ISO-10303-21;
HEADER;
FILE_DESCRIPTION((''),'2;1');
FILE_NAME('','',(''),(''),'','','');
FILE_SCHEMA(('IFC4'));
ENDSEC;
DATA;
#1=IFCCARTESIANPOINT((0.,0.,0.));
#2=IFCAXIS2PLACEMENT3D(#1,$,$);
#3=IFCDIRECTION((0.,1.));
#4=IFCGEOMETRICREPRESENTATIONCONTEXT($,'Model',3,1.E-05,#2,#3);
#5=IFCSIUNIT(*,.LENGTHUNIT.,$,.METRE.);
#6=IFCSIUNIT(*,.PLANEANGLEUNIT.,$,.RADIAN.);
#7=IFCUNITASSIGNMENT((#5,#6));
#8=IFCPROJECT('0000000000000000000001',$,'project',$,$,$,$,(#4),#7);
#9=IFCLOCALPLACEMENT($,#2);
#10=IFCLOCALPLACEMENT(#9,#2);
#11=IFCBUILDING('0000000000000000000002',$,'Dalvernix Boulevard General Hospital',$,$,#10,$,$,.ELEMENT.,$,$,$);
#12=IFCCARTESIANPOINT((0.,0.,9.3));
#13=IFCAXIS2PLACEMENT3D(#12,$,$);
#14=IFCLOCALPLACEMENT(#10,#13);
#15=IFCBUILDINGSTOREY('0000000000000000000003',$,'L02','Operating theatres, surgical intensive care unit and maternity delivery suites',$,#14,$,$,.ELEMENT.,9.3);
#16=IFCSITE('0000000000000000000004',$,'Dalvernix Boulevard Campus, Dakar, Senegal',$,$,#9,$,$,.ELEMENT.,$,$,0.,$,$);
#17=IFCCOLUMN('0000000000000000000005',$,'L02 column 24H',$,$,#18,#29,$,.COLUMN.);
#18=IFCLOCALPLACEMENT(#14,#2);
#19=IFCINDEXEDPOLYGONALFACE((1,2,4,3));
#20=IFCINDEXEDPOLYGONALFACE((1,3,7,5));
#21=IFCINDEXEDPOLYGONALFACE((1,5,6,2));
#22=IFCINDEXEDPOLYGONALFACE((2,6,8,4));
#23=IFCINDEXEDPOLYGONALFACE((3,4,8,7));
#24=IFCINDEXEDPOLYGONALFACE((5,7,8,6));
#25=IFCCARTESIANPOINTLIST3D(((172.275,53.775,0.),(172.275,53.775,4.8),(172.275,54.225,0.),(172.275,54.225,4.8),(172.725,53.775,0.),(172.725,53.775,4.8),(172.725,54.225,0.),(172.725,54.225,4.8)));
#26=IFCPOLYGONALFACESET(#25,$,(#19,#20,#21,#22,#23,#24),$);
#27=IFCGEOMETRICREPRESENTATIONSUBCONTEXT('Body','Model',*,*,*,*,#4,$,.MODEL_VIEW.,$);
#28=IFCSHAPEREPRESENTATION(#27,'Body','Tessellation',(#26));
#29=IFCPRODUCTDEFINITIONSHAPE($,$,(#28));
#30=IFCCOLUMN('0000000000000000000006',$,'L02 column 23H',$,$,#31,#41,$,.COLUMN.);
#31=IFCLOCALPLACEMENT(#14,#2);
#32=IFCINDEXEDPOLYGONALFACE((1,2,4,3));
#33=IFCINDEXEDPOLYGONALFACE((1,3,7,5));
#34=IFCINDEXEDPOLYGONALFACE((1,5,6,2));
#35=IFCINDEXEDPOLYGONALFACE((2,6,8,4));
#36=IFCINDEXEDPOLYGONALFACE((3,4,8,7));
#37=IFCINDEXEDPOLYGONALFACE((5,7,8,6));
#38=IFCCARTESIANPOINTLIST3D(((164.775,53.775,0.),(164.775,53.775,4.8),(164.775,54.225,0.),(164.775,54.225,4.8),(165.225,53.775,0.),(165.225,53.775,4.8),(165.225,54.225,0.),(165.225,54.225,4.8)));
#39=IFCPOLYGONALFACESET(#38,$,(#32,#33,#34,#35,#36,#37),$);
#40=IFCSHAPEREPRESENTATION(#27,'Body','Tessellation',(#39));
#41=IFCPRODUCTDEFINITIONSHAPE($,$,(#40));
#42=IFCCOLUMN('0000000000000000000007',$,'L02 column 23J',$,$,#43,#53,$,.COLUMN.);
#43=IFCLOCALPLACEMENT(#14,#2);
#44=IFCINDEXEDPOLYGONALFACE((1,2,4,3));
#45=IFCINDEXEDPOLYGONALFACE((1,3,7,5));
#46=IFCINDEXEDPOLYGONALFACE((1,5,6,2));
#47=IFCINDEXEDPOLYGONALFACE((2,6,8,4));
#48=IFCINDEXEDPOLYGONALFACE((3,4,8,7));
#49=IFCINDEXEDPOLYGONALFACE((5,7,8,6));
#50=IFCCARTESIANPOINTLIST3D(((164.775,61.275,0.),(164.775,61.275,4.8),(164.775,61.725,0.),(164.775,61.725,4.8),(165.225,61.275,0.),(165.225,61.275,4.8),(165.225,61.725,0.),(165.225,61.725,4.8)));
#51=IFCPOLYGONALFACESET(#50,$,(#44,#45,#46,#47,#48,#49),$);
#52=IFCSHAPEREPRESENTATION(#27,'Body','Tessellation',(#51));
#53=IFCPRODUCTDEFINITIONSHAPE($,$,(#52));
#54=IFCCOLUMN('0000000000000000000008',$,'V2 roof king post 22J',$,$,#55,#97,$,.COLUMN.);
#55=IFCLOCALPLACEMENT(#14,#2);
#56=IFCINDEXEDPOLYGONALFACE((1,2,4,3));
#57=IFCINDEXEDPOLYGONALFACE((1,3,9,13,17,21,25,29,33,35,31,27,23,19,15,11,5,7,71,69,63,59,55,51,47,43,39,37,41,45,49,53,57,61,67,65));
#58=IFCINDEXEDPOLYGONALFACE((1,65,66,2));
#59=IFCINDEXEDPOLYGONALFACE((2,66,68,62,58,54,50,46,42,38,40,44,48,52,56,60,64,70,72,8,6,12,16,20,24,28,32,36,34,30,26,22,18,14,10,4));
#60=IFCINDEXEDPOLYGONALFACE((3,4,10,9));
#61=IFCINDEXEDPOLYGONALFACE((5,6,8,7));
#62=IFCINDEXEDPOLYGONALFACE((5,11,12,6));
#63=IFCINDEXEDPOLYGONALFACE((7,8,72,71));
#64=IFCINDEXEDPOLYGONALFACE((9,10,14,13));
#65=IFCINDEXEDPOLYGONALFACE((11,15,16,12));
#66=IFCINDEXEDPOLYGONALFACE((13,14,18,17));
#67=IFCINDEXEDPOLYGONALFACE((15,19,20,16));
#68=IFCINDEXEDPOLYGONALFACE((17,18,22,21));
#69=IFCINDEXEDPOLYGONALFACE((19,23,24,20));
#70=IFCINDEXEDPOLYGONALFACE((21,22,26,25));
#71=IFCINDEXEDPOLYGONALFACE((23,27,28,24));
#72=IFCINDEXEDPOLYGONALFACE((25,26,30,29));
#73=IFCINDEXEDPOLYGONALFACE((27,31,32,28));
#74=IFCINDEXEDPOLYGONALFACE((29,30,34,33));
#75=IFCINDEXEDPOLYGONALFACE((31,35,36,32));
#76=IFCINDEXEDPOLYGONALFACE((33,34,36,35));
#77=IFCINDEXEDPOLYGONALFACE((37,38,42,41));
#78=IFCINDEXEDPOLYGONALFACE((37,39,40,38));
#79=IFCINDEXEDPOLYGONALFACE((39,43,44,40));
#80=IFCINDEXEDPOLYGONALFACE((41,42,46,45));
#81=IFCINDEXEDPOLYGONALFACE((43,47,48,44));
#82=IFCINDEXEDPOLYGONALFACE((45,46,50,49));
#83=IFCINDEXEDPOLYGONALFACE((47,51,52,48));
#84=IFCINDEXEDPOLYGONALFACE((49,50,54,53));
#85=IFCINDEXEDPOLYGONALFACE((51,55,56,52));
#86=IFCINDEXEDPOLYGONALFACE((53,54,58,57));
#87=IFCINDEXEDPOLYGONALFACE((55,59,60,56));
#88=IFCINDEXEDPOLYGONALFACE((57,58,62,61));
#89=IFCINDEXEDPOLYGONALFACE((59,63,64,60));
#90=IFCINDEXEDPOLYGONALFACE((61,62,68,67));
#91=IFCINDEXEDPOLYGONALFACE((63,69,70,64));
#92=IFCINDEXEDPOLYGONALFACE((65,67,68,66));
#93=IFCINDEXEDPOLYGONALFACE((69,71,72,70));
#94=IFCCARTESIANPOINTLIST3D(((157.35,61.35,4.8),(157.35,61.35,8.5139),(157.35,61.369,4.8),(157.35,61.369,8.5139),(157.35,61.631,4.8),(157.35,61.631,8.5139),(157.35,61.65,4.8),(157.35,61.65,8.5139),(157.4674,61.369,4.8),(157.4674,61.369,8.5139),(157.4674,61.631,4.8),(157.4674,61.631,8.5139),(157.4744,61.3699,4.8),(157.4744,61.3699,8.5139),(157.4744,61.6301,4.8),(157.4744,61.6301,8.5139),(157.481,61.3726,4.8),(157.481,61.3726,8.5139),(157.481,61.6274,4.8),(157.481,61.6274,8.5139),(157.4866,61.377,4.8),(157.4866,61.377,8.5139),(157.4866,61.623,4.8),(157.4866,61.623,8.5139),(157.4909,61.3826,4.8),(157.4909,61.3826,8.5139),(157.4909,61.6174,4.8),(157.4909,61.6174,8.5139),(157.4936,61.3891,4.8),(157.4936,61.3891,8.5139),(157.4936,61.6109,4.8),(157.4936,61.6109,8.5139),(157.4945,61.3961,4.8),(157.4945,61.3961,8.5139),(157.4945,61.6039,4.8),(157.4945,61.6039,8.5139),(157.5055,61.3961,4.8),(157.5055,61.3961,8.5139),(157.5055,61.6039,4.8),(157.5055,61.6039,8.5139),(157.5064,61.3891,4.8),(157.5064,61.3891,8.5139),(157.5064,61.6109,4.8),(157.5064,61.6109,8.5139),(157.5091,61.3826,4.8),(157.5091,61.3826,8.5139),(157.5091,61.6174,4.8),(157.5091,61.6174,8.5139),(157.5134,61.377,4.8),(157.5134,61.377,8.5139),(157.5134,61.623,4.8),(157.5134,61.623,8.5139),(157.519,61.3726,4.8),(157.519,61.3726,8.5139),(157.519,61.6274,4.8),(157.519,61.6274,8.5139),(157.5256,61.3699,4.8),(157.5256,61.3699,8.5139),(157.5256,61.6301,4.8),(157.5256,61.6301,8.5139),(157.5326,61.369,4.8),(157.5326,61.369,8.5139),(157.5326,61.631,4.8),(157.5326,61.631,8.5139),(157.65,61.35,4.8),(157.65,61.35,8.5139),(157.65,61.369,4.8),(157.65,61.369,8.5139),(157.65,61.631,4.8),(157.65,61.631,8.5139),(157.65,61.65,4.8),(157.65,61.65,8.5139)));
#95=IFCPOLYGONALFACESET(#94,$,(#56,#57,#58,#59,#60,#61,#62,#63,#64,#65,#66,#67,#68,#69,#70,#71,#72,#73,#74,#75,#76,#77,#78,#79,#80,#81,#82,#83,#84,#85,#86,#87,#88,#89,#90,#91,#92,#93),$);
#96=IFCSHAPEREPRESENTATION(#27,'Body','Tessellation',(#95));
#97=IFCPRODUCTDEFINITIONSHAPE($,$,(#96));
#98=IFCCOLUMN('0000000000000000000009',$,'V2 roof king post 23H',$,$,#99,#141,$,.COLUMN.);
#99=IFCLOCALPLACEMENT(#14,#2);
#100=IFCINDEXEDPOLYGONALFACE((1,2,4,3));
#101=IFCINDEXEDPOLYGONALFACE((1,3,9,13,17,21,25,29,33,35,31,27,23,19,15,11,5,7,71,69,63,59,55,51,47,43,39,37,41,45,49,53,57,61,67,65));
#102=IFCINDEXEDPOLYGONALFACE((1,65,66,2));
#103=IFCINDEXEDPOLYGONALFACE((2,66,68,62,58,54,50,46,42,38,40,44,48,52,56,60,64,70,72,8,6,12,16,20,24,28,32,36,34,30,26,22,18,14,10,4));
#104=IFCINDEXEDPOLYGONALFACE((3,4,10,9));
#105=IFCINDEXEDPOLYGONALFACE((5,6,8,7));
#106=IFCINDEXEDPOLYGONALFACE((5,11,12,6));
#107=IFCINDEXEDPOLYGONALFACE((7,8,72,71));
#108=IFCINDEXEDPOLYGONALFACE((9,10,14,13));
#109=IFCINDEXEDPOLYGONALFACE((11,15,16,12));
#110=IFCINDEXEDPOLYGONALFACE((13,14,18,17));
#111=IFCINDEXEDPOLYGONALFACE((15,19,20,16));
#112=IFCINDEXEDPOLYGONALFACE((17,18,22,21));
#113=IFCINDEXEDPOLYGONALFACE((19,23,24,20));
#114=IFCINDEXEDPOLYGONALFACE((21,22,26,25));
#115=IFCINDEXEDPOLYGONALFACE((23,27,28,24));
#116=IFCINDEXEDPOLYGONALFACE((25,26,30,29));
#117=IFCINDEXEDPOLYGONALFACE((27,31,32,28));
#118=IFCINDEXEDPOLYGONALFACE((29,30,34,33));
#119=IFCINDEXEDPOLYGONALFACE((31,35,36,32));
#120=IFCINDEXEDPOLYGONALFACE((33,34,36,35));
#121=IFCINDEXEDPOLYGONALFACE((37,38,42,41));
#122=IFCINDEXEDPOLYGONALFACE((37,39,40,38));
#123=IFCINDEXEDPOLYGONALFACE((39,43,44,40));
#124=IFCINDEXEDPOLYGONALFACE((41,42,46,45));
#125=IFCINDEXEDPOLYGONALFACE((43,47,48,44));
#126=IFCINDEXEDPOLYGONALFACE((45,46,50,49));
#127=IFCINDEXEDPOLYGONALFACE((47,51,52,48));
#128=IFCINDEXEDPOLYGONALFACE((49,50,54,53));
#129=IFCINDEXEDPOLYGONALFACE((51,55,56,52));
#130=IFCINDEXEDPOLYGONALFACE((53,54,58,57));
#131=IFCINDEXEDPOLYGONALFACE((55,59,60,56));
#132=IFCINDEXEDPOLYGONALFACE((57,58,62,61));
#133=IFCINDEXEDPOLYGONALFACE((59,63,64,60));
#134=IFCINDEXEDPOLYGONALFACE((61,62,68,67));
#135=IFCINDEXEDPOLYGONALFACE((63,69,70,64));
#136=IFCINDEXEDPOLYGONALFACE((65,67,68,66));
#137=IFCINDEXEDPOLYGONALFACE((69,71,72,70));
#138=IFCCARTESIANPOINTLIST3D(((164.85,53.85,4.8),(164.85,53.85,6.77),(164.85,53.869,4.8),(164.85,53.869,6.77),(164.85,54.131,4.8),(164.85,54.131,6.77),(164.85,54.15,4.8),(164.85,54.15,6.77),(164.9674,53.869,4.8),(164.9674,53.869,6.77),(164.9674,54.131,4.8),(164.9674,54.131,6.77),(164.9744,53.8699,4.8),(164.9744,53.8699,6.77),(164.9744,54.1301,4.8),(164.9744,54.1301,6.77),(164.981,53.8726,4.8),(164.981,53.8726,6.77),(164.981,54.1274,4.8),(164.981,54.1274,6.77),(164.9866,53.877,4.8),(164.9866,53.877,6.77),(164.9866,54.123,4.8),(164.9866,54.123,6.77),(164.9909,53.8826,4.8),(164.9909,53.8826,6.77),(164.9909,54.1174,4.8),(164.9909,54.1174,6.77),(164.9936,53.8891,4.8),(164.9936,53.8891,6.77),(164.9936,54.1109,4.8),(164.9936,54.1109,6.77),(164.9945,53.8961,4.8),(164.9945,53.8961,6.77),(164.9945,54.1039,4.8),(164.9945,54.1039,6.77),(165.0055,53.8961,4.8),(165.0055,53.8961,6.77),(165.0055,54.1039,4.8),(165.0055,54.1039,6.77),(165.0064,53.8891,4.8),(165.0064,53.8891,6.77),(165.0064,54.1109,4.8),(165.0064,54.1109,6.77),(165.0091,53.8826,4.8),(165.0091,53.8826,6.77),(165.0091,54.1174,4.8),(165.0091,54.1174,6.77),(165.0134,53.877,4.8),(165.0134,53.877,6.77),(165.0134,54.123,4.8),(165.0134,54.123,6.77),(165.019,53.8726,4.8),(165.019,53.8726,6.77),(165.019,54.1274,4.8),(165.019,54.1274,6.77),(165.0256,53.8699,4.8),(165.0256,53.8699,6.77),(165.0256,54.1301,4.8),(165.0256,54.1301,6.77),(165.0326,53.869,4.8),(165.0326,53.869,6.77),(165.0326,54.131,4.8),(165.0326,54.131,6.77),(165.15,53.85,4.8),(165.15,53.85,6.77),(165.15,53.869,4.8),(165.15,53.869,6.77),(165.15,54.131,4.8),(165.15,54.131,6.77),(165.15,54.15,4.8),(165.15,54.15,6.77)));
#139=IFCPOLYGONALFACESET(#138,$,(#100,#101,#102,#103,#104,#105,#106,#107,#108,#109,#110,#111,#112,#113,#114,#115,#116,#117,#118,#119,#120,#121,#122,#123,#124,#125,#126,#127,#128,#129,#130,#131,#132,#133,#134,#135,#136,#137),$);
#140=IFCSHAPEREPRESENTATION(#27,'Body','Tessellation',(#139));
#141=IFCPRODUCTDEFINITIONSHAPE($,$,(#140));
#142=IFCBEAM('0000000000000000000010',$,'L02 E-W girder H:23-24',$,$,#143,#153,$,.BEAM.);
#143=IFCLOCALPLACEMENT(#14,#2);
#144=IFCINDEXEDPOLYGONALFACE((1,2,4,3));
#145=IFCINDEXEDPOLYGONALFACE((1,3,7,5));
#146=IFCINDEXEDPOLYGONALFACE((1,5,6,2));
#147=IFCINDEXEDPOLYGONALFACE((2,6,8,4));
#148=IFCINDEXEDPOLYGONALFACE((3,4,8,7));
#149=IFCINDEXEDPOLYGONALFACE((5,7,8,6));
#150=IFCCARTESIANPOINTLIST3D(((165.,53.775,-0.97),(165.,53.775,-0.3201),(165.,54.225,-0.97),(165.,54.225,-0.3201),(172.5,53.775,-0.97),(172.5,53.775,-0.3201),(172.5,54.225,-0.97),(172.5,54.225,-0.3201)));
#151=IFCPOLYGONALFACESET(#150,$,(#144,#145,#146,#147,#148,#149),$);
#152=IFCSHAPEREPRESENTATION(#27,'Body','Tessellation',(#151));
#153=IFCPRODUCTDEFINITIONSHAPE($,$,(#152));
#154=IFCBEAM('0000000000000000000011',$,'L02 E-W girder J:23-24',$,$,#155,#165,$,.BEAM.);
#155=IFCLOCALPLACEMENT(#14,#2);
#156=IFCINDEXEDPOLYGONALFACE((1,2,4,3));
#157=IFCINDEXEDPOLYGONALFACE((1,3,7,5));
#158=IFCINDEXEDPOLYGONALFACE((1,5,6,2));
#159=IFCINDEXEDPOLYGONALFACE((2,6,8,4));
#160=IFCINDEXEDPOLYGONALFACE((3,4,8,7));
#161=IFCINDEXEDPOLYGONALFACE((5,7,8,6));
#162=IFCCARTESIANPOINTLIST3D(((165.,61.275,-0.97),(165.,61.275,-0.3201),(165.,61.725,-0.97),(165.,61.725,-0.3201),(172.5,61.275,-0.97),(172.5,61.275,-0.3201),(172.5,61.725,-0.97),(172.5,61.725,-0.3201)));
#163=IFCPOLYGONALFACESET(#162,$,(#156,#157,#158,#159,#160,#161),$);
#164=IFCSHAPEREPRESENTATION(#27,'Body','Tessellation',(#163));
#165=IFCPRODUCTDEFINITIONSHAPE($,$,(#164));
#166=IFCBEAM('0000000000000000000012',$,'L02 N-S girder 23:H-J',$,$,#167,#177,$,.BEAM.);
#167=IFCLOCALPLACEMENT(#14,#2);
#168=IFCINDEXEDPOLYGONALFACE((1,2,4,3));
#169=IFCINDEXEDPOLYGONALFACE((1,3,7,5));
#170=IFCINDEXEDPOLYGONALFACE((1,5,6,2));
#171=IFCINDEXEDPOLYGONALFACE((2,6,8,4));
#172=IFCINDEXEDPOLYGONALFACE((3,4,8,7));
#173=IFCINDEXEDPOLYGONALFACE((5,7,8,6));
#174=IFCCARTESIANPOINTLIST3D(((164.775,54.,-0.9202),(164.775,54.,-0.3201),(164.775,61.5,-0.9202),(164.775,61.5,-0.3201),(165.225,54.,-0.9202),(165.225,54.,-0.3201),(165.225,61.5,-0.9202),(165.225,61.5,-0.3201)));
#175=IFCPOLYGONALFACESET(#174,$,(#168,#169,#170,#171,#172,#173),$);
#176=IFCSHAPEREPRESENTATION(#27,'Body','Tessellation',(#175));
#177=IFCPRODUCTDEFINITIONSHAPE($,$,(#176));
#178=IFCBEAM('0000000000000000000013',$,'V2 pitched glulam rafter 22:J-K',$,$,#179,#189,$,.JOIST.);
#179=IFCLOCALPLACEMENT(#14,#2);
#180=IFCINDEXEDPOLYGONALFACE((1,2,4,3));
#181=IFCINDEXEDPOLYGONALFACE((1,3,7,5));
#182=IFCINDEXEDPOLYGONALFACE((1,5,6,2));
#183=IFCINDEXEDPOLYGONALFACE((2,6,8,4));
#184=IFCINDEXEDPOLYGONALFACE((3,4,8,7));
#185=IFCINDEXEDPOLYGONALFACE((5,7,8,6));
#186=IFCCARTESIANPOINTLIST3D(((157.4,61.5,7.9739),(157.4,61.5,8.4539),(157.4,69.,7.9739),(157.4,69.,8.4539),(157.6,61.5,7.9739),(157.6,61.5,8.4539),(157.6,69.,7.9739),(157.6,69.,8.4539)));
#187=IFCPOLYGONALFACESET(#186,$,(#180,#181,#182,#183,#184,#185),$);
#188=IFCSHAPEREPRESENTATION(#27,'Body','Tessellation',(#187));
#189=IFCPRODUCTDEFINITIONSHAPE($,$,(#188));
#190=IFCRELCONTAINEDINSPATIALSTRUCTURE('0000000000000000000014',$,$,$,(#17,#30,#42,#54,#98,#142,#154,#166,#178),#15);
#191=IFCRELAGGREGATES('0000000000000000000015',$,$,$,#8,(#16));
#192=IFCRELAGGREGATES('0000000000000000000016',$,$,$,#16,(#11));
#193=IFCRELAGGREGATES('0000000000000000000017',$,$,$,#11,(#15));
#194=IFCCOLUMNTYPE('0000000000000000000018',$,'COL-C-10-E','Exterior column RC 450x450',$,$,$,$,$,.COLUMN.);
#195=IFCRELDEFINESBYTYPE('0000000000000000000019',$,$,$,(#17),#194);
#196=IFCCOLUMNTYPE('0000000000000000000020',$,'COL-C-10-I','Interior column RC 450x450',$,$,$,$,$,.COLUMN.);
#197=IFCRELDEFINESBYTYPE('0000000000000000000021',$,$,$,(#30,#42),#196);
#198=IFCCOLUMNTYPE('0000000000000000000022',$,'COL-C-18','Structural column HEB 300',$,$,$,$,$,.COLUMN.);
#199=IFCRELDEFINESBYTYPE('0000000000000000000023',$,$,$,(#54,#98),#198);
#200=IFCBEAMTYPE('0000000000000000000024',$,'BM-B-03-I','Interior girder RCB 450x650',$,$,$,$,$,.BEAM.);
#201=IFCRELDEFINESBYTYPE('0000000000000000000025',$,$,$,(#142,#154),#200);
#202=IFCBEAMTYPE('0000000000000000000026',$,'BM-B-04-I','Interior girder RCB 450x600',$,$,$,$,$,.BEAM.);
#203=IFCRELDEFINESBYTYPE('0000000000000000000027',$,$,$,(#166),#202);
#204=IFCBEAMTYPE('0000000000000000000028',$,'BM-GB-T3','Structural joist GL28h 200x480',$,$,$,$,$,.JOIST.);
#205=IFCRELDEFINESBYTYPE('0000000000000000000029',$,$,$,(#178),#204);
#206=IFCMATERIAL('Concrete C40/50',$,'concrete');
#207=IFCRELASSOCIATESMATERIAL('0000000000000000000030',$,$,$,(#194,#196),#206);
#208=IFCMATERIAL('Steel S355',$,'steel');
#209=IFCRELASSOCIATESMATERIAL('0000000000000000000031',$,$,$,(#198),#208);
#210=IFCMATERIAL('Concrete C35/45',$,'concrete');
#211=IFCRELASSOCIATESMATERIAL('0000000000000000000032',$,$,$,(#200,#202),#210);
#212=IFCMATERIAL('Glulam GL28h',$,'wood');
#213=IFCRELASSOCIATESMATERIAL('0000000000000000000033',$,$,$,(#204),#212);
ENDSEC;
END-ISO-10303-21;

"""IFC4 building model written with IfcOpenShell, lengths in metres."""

from ifc_helpers import new_model, si_unit, direction, frame, origin, origin_2d, place, context, subcontext, project, spatial, rectangle, i_section, extrude, material, material_profile, profile_set, type_object, element, save


model = new_model("IFC4")

# Units and contexts
model_context = context("Model", 3, precision=1e-05, world=origin(), true_north=direction((0.0, 1.0)))
body_context = subcontext(model_context, "Body", "Model", "MODEL_VIEW")
ifc_project = project(units=[si_unit("LENGTHUNIT", "METRE"), si_unit("PLANEANGLEUNIT", "RADIAN")], contexts=[model_context])

# Site, building, storey
site_placement = place(None, origin())
site = spatial("IfcSite", under=ifc_project, at=site_placement, Name="Dalvernix Boulevard Campus, Dakar, Senegal", CompositionType="ELEMENT", RefElevation=0.0)
building_placement = place(site_placement, origin())
building = spatial("IfcBuilding", under=site, at=building_placement, Name="Dalvernix Boulevard General Hospital", CompositionType="ELEMENT")
storey_placement = place(building_placement, frame((0.0, 0.0, 9.3)))
storey = spatial("IfcBuildingStorey", under=building, at=storey_placement, Name="L02", Description="Operating theatres, surgical intensive care unit and maternity delivery suites", CompositionType="ELEMENT", Elevation=9.3)

# Columns
ifc_material_1 = material(Name="Concrete C40/50", Category="concrete")
ifc_material_profile_1 = material_profile(ifc_material_1, rectangle(XDim=0.45, YDim=0.45, at=origin_2d()), Name="RC 450x450")
ifc_profile_set_1 = profile_set([ifc_material_profile_1], Name="Concrete C40/50")
column_type_1 = type_object("IfcColumnType", Name="COL-C-10-E", Description="Exterior column RC 450x450", PredefinedType="COLUMN", material=ifc_profile_set_1)
column_1_placement = place(storey_placement, frame((172.5, 54.0, 0.0), z_axis=(0.0, 0.0, 1.0), x_axis=(1.0, 0.0, 0.0)))
element("IfcColumn", 1, at=column_1_placement, inside=storey, type_object=column_type_1, Name="L02 column 24H", PredefinedType="COLUMN", context=body_context, shape_type="SweptSolid", body=[
    extrude(rectangle(XDim=0.45, YDim=0.45, at=origin_2d()), origin(), (0.0, 0.0, 1.0), 4.8),
])
ifc_material_profile_2 = material_profile(ifc_material_1, rectangle(XDim=0.45, YDim=0.45, at=origin_2d()), Name="RC 450x450")
ifc_profile_set_2 = profile_set([ifc_material_profile_2], Name="Concrete C40/50")
column_type_2 = type_object("IfcColumnType", Name="COL-C-10-I", Description="Interior column RC 450x450", PredefinedType="COLUMN", material=ifc_profile_set_2)
for number, where, z_axis, x_axis, name in (
    (2, (165.0, 54.0, 0.0), (0.0, 0.0, 1.0), (1.0, 0.0, 0.0), "L02 column 23H"),
    (3, (165.0, 61.5, 0.0), (0.0, 0.0, 1.0), (1.0, 0.0, 0.0), "L02 column 23J"),
):
    element("IfcColumn", number, at=place(storey_placement, frame(where, z_axis=z_axis, x_axis=x_axis)), inside=storey, type_object=column_type_2, Name=name, PredefinedType="COLUMN", context=body_context, shape_type="SweptSolid", body=[
        extrude(rectangle(XDim=0.45, YDim=0.45, at=origin_2d()), origin(), (0.0, 0.0, 1.0), 4.8),
    ])
ifc_material_2 = material(Name="Steel S355", Category="steel")
ifc_material_profile_3 = material_profile(ifc_material_2, i_section(OverallWidth=0.3, OverallDepth=0.3, WebThickness=0.011, FlangeThickness=0.019, FilletRadius=0.0271, at=origin_2d()), Name="HEB 300")
ifc_profile_set_3 = profile_set([ifc_material_profile_3], Name="Steel S355")
column_type_3 = type_object("IfcColumnType", Name="COL-C-18", Description="Structural column HEB 300", PredefinedType="COLUMN", material=ifc_profile_set_3)
column_2_placement = place(storey_placement, frame((157.5, 61.5, 4.8), z_axis=(0.0, 0.0, 1.0), x_axis=(1.0, 0.0, 0.0)))
element("IfcColumn", 4, at=column_2_placement, inside=storey, type_object=column_type_3, Name="V2 roof king post 22J", PredefinedType="COLUMN", context=body_context, shape_type="SweptSolid", body=[
    extrude(i_section(OverallWidth=0.3, OverallDepth=0.3, WebThickness=0.011, FlangeThickness=0.019, FilletRadius=0.0271, at=origin_2d()), origin(), (0.0, 0.0, 1.0), 3.7139),
])
column_3_placement = place(storey_placement, frame((165.0, 54.0, 4.8), z_axis=(0.0, 0.0, 1.0), x_axis=(1.0, 0.0, 0.0)))
element("IfcColumn", 5, at=column_3_placement, inside=storey, type_object=column_type_3, Name="V2 roof king post 23H", PredefinedType="COLUMN", context=body_context, shape_type="SweptSolid", body=[
    extrude(i_section(OverallWidth=0.3, OverallDepth=0.3, WebThickness=0.011, FlangeThickness=0.019, FilletRadius=0.0271, at=origin_2d()), origin(), (0.0, 0.0, 1.0), 1.97),
])

# Beams
ifc_material_3 = material(Name="Concrete C35/45", Category="concrete")
ifc_material_profile_4 = material_profile(ifc_material_3, rectangle(XDim=0.45, YDim=0.6499, at=origin_2d()), Name="RCB 450x650")
ifc_profile_set_4 = profile_set([ifc_material_profile_4], Name="Concrete C35/45")
beam_type_1 = type_object("IfcBeamType", Name="BM-B-03-I", Description="Interior girder RCB 450x650", PredefinedType="BEAM", material=ifc_profile_set_4)
for number, where, z_axis, x_axis, name in (
    (6, (165.0, 54.0, -0.645), (1.0, 0.0, 0.0), (0.0, 1.0, 0.0), "L02 E-W girder H:23-24"),
    (7, (165.0, 61.5, -0.645), (1.0, 0.0, 0.0), (0.0, 1.0, 0.0), "L02 E-W girder J:23-24"),
):
    element("IfcBeam", number, at=place(storey_placement, frame(where, z_axis=z_axis, x_axis=x_axis)), inside=storey, type_object=beam_type_1, Name=name, PredefinedType="BEAM", context=body_context, shape_type="SweptSolid", body=[
        extrude(rectangle(XDim=0.45, YDim=0.6499, at=origin_2d()), origin(), (0.0, 0.0, 1.0), 7.5),
    ])
ifc_material_profile_5 = material_profile(ifc_material_3, rectangle(XDim=0.45, YDim=0.6001, at=origin_2d()), Name="RCB 450x600")
ifc_profile_set_5 = profile_set([ifc_material_profile_5], Name="Concrete C35/45")
beam_type_2 = type_object("IfcBeamType", Name="BM-B-04-I", Description="Interior girder RCB 450x600", PredefinedType="BEAM", material=ifc_profile_set_5)
beam_1_placement = place(storey_placement, frame((165.0, 54.0, -0.6201), z_axis=(0.0, 1.0, 0.0), x_axis=(-1.0, 0.0, 0.0)))
element("IfcBeam", 8, at=beam_1_placement, inside=storey, type_object=beam_type_2, Name="L02 N-S girder 23:H-J", PredefinedType="BEAM", context=body_context, shape_type="SweptSolid", body=[
    extrude(rectangle(XDim=0.45, YDim=0.6001, at=origin_2d()), origin(), (0.0, 0.0, 1.0), 7.5),
])
ifc_material_4 = material(Name="Glulam GL28h", Category="wood")
ifc_material_profile_6 = material_profile(ifc_material_4, rectangle(XDim=0.2, YDim=0.48, at=origin_2d()), Name="GL28h 200x480")
ifc_profile_set_6 = profile_set([ifc_material_profile_6], Name="Glulam GL28h")
beam_type_3 = type_object("IfcBeamType", Name="BM-GB-T3", Description="Structural joist GL28h 200x480", PredefinedType="JOIST", material=ifc_profile_set_6)
for number, where, z_axis, x_axis, name in (
    (9, (157.5, 61.5, 8.2139), (0.0, 1.0, 0.0), (-1.0, 0.0, 0.0), "V2 pitched glulam rafter 22:J-K"),
):
    element("IfcBeam", number, at=place(storey_placement, frame(where, z_axis=z_axis, x_axis=x_axis)), inside=storey, type_object=beam_type_3, Name=name, PredefinedType="JOIST", context=body_context, shape_type="SweptSolid", body=[
        extrude(rectangle(XDim=0.2, YDim=0.48, at=origin_2d()), origin(), (0.0, 0.0, 1.0), 7.5),
    ])

save(model, "model.ifc")
